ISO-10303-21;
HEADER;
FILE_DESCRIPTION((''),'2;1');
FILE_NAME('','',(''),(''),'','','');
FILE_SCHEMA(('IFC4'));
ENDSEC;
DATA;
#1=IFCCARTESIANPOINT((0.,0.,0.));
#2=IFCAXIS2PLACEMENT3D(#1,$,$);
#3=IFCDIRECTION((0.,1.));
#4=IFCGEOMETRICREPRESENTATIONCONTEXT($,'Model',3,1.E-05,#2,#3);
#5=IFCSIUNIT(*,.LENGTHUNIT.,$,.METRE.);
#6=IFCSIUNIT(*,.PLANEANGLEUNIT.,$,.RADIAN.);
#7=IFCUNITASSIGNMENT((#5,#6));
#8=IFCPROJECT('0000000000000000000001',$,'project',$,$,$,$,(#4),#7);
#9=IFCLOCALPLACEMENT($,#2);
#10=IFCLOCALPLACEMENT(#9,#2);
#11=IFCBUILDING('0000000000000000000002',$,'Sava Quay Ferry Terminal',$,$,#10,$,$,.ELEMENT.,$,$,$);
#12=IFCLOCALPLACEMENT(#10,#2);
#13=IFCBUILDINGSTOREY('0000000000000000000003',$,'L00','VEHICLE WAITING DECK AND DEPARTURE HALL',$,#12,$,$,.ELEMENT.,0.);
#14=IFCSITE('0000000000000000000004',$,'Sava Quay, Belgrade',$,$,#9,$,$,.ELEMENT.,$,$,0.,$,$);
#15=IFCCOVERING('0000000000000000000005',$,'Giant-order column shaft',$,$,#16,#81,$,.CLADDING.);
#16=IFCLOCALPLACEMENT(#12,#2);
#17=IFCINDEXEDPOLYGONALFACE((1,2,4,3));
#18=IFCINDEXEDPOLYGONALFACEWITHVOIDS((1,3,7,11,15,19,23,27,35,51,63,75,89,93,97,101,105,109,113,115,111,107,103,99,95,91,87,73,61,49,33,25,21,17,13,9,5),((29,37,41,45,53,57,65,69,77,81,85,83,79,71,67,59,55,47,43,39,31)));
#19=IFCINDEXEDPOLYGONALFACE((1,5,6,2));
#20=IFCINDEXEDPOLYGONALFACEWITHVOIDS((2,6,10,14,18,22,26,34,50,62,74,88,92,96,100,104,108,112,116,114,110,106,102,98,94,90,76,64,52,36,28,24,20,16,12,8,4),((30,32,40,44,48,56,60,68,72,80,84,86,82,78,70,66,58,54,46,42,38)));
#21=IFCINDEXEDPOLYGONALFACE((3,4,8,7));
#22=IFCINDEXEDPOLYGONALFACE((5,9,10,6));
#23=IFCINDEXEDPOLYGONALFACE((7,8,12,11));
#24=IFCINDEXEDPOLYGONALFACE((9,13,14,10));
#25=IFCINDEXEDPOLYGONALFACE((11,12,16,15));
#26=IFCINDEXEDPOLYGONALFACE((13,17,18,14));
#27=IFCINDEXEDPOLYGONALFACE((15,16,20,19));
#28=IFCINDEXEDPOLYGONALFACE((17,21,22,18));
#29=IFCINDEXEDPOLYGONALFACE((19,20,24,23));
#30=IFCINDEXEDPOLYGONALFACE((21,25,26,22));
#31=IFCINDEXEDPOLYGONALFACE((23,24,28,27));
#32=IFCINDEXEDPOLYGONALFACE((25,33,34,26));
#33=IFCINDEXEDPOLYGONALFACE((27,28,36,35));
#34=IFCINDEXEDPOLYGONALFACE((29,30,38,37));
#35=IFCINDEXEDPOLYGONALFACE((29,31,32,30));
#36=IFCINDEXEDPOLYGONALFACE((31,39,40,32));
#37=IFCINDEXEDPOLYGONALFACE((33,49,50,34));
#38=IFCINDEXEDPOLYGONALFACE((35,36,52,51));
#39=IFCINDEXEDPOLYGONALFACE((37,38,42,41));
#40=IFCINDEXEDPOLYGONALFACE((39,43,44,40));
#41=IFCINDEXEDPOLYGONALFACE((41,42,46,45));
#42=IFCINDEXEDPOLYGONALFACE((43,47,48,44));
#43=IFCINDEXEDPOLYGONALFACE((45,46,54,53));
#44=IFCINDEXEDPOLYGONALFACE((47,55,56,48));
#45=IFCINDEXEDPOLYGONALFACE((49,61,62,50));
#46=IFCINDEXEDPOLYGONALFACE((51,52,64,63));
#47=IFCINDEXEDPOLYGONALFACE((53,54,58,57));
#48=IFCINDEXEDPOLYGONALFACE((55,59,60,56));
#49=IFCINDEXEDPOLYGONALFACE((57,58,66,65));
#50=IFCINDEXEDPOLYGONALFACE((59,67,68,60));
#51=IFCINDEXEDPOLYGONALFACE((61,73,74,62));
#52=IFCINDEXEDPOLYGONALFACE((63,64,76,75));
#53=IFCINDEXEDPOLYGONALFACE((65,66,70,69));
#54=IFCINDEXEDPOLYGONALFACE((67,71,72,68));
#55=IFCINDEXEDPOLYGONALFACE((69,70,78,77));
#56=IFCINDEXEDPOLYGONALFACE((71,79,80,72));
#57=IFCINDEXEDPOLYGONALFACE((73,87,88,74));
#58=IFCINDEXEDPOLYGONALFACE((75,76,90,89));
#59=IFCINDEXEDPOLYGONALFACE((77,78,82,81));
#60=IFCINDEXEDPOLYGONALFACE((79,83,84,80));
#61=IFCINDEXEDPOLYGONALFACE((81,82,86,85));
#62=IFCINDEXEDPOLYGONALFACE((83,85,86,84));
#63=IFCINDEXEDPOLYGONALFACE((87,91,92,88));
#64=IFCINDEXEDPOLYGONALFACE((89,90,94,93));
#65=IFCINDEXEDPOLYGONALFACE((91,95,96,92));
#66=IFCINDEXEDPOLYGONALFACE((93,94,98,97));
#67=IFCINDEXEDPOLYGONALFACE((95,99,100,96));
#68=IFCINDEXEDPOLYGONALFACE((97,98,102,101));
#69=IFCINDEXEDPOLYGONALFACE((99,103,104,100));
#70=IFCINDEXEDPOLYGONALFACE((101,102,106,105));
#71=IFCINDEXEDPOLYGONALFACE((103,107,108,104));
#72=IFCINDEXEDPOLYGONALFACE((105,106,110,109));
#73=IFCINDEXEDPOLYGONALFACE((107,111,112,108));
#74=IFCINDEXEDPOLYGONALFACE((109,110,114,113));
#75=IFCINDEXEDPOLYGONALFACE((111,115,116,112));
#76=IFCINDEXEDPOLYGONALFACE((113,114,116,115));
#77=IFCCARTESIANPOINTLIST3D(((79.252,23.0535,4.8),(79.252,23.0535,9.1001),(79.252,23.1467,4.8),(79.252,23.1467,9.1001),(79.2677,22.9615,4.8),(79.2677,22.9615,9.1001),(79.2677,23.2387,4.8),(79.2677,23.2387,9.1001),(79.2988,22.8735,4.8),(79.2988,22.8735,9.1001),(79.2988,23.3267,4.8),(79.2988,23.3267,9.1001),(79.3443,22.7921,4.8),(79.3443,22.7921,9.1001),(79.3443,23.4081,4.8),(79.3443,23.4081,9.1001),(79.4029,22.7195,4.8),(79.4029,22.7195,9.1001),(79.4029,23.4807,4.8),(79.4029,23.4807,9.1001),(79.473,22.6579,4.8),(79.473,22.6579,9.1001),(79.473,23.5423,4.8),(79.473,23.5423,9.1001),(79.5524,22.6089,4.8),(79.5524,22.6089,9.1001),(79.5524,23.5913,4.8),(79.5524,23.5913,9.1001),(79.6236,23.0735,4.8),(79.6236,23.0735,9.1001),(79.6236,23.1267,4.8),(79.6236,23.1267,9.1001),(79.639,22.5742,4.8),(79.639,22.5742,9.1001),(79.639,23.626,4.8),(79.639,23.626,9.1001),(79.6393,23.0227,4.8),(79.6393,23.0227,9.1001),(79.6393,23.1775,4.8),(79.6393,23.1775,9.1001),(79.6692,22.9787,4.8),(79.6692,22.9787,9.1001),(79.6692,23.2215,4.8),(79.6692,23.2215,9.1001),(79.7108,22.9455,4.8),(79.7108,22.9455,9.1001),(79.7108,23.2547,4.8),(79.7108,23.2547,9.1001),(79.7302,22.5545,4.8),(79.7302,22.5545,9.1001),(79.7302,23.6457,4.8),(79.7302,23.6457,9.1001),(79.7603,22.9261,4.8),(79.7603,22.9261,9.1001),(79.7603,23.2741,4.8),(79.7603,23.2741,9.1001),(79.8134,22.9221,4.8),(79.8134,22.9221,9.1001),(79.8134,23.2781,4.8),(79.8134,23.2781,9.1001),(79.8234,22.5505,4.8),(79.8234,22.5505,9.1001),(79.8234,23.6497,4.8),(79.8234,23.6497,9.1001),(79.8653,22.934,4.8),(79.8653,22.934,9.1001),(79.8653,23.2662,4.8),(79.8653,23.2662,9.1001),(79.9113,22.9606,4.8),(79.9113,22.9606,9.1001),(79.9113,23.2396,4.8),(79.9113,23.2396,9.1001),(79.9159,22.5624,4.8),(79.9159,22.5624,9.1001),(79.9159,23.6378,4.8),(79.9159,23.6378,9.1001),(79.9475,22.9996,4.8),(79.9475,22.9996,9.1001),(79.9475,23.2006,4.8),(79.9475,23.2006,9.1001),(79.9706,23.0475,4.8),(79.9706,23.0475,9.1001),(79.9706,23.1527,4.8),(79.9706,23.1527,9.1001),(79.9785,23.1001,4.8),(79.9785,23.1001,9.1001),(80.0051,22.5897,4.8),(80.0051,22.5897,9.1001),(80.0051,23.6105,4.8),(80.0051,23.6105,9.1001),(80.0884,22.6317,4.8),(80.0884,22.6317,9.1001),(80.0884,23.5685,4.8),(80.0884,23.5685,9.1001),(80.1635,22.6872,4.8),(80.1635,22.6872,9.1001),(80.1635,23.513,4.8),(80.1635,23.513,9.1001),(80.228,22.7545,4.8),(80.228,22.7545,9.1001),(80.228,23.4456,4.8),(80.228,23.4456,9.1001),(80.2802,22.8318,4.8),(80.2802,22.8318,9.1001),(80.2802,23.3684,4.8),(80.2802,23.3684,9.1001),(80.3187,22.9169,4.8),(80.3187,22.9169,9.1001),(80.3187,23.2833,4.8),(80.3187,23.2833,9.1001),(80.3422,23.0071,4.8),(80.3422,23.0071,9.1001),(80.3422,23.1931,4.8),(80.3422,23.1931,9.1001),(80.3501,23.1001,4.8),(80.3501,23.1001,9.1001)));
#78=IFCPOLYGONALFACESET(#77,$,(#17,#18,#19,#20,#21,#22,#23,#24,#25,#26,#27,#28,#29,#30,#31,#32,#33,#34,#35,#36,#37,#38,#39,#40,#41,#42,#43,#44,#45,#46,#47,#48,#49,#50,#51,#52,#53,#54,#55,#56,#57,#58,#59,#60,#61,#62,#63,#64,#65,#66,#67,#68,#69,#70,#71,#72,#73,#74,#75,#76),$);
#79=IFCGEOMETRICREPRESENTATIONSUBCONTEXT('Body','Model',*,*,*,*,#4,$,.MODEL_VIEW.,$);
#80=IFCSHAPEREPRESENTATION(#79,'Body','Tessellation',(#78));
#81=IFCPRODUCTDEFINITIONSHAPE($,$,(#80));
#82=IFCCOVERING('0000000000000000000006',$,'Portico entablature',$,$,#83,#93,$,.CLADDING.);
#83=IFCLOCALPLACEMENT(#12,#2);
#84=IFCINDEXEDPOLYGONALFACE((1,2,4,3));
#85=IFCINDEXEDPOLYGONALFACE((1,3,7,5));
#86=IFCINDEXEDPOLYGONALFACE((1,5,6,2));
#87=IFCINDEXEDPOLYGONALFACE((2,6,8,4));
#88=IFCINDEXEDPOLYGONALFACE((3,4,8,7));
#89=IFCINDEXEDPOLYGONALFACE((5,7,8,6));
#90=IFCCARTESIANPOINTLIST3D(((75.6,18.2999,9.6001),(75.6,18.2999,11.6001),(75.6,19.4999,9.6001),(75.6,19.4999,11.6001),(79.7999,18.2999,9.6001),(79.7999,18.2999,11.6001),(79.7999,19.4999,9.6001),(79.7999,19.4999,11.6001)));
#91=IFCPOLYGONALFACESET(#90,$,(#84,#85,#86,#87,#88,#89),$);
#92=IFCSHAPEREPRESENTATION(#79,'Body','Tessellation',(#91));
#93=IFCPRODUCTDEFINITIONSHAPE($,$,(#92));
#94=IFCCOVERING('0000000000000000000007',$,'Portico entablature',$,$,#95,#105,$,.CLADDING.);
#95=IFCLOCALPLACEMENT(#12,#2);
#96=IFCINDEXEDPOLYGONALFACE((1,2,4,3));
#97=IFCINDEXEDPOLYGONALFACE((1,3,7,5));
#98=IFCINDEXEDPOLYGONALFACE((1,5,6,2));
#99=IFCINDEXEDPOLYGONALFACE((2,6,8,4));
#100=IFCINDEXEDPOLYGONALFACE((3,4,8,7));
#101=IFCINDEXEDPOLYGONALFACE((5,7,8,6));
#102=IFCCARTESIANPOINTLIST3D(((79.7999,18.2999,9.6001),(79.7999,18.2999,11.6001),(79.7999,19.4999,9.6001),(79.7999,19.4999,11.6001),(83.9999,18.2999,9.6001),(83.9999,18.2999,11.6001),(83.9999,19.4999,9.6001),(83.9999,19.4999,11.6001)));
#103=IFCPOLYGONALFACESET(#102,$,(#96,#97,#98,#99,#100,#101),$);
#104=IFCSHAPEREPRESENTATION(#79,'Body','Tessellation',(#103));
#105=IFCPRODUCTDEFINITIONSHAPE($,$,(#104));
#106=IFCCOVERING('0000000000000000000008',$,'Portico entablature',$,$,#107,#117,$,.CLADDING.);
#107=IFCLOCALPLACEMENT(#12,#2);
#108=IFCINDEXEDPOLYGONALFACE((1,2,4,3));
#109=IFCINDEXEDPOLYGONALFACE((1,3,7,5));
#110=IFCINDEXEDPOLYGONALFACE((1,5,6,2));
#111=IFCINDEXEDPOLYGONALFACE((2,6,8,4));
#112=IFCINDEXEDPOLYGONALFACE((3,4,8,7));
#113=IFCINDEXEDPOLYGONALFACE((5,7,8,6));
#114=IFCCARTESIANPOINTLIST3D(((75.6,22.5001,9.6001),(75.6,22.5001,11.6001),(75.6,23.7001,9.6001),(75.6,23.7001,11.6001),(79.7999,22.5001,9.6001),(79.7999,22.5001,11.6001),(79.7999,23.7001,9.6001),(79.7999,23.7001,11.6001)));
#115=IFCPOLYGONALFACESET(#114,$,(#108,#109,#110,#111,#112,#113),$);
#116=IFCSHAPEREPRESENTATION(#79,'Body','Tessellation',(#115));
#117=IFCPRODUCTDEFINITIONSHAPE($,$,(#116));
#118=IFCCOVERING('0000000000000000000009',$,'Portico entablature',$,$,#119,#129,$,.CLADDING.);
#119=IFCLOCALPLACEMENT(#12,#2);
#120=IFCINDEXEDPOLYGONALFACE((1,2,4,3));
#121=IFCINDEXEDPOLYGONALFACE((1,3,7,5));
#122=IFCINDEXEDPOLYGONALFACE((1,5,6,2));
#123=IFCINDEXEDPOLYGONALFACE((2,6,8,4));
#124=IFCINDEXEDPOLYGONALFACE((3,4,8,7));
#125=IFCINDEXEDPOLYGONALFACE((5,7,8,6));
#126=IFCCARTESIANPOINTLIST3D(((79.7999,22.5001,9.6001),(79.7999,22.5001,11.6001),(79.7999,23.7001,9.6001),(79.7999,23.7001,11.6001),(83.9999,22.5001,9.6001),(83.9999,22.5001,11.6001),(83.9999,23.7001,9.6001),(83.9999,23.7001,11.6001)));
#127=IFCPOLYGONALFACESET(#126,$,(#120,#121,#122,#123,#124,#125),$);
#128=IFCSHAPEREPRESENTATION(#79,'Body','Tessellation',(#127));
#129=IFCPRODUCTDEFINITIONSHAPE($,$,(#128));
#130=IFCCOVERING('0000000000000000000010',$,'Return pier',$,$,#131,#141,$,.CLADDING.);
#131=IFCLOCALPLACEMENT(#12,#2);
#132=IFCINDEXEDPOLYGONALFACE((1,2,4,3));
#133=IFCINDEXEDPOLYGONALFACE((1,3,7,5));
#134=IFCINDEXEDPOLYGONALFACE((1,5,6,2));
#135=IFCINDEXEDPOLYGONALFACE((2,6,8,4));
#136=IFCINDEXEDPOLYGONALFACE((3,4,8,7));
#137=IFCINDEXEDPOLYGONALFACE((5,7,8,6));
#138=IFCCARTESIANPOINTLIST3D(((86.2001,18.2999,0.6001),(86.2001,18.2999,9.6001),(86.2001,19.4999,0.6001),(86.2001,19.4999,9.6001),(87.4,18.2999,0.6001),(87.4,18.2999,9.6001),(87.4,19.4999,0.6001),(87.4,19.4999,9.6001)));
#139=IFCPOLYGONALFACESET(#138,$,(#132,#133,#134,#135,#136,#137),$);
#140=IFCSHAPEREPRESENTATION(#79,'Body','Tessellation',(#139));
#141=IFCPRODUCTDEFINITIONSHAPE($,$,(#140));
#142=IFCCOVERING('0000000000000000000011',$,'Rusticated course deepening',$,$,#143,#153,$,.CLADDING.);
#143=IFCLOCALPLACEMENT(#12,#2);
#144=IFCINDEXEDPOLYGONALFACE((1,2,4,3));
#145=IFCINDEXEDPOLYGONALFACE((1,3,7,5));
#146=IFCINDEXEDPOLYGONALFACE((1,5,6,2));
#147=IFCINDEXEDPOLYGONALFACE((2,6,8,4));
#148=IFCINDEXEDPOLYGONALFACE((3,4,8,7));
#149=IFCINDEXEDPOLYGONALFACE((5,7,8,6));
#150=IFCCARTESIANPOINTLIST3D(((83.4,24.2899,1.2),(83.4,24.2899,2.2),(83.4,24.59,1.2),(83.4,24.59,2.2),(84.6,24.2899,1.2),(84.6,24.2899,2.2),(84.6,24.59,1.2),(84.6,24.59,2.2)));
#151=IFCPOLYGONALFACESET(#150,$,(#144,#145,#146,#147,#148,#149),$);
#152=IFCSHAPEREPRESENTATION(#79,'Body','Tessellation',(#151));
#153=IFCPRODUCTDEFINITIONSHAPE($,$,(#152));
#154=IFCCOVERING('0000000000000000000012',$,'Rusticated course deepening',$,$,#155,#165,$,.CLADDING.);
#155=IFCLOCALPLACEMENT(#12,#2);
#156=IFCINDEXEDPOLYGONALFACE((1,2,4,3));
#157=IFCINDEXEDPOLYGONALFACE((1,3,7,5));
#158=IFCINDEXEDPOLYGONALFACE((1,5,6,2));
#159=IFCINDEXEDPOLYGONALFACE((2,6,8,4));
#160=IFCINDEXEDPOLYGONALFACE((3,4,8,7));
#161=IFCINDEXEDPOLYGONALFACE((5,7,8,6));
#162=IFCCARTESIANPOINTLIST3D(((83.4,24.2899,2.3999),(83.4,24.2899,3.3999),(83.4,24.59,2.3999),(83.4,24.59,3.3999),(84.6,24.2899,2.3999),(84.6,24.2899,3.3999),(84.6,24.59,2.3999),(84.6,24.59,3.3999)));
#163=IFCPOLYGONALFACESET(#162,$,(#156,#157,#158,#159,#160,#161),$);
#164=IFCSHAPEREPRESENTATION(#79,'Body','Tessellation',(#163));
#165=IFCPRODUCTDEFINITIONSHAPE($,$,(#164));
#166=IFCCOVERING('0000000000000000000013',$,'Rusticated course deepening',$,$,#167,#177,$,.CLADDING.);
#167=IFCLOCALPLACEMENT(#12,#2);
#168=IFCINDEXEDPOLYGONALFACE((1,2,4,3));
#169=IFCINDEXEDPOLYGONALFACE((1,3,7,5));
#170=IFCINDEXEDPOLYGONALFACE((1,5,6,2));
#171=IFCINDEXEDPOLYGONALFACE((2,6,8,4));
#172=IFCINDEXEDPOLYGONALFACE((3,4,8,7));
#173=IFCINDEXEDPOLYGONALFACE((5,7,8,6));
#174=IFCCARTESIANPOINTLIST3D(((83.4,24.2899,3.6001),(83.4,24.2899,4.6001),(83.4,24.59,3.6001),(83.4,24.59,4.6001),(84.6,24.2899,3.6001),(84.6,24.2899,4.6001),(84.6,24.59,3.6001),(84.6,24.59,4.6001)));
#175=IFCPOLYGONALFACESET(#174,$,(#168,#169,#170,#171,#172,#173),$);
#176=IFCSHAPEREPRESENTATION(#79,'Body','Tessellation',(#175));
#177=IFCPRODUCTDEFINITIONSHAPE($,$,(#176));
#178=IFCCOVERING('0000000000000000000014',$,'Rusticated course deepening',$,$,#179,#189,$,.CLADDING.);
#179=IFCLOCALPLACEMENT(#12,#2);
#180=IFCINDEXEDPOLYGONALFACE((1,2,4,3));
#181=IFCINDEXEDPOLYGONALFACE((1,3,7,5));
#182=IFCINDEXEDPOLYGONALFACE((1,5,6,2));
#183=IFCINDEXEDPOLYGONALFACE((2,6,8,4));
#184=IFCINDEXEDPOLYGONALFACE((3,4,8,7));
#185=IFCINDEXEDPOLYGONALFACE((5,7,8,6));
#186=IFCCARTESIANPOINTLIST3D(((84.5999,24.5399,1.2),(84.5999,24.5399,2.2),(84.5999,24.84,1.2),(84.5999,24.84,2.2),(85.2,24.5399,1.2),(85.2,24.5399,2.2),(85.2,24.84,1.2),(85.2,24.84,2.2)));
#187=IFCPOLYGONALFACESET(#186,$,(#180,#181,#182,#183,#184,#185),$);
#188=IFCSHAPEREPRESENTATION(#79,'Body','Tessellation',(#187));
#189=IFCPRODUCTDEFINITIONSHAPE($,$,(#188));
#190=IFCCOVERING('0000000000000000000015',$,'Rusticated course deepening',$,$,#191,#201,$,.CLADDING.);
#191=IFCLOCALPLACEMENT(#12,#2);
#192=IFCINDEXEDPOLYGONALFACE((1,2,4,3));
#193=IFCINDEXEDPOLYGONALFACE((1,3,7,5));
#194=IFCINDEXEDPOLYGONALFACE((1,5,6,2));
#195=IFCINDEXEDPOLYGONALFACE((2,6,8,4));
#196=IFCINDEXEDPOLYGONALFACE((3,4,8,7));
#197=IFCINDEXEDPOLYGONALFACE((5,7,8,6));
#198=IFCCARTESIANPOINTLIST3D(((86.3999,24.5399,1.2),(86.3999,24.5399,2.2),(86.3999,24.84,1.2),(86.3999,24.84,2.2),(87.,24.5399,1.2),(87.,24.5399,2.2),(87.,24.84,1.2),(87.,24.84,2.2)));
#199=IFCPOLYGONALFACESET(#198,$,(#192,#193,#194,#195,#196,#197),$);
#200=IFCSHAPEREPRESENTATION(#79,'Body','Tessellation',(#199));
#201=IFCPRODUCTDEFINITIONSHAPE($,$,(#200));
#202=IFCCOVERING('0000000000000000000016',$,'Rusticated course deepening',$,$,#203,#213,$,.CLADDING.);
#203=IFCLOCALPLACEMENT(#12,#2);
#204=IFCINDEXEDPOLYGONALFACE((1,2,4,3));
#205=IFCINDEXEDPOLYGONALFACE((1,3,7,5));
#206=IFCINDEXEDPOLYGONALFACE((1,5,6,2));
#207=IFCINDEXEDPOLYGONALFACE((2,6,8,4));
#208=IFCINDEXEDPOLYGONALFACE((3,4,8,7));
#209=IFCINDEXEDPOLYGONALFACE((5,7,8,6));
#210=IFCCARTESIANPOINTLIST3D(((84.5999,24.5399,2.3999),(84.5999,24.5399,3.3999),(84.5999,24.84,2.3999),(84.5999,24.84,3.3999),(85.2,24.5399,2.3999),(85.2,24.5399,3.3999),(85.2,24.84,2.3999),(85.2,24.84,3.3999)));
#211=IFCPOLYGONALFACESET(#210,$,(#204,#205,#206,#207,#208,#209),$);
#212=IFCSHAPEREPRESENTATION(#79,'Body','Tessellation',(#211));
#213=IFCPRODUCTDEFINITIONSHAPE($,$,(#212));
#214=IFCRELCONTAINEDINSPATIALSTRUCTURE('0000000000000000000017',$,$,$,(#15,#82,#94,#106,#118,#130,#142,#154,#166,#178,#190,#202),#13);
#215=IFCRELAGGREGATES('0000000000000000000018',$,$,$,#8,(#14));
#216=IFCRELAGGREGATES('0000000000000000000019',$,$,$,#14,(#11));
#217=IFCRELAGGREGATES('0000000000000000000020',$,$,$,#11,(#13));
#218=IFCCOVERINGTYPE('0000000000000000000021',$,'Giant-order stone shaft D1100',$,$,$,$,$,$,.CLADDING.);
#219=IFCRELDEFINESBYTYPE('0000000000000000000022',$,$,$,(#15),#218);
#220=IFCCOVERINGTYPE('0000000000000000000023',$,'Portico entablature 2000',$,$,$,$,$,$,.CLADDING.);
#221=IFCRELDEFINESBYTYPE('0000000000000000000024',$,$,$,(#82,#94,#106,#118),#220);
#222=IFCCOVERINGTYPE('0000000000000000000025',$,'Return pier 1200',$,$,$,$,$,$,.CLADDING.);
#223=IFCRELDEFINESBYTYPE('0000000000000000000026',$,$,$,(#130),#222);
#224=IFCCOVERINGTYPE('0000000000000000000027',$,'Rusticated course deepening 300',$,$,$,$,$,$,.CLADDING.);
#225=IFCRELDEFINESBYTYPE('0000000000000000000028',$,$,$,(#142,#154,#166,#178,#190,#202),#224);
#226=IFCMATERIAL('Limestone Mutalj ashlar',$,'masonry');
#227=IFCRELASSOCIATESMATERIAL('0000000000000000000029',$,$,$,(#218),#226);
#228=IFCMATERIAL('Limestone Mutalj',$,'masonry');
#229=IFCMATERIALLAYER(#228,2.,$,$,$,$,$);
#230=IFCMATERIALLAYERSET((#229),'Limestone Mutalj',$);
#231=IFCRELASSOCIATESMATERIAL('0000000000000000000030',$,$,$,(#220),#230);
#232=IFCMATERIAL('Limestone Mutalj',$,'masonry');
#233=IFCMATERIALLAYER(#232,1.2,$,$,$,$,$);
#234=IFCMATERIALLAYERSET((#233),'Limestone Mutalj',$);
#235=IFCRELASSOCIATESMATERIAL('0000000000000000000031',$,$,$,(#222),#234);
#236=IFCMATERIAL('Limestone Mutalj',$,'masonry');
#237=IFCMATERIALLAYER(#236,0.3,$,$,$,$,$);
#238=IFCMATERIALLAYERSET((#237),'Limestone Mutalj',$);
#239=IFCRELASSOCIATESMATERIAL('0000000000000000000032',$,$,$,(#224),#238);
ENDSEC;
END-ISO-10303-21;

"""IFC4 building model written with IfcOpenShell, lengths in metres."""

from ifc_helpers import new_model, si_unit, direction, frame, origin, origin_2d, place, context, subcontext, project, spatial, rectangle, hollow_circle, extrude, material, layer, layer_set, material_profile, profile_set, type_object, element, save


model = new_model("IFC4")

# Units and contexts
model_context = context("Model", 3, precision=1e-05, world=origin(), true_north=direction((0.0, 1.0)))
body_context = subcontext(model_context, "Body", "Model", "MODEL_VIEW")
ifc_project = project(units=[si_unit("LENGTHUNIT", "METRE"), si_unit("PLANEANGLEUNIT", "RADIAN")], contexts=[model_context])

# Site, building, storey
site_placement = place(None, origin())
site = spatial("IfcSite", under=ifc_project, at=site_placement, Name="Sava Quay, Belgrade", CompositionType="ELEMENT", RefElevation=0.0)
building_placement = place(site_placement, origin())
building = spatial("IfcBuilding", under=site, at=building_placement, Name="Sava Quay Ferry Terminal", CompositionType="ELEMENT")
storey_placement = place(building_placement, origin())
storey = spatial("IfcBuildingStorey", under=building, at=storey_placement, Name="L00", Description="VEHICLE WAITING DECK AND DEPARTURE HALL", CompositionType="ELEMENT", Elevation=0.0)

# Coverings
ifc_material_1 = material(Name="Limestone Mutalj ashlar", Category="masonry")
ifc_material_profile_1 = material_profile(ifc_material_1, hollow_circle(Radius=0.55, WallThickness=0.3716, at=origin_2d()), Name="Stone shaft D1100")
ifc_profile_set_1 = profile_set([ifc_material_profile_1], Name="Limestone Mutalj ashlar")
covering_type_1 = type_object("IfcCoveringType", Name="Giant-order stone shaft D1100", PredefinedType="CLADDING", material=ifc_profile_set_1)
for number, where, z_axis, x_axis, name in (
    (1, (79.8, 23.1001, 4.8), (0.0, 0.0, 1.0), (1.0, 0.0, 0.0), "Giant-order column shaft"),
):
    element("IfcCovering", number, at=place(storey_placement, frame(where, z_axis=z_axis, x_axis=x_axis)), inside=storey, type_object=covering_type_1, Name=name, PredefinedType="CLADDING", context=body_context, shape_type="SweptSolid", body=[
        extrude(hollow_circle(Radius=0.55, WallThickness=0.3716, at=origin_2d()), origin(), (0.0, 0.0, 1.0), 4.3),
    ])
ifc_material_2 = material(Name="Limestone Mutalj", Category="masonry")
ifc_layer_1 = layer(ifc_material_2, 2.0)
ifc_layer_set_1 = layer_set([ifc_layer_1], Name="Limestone Mutalj")
covering_type_2 = type_object("IfcCoveringType", Name="Portico entablature 2000", PredefinedType="CLADDING", material=ifc_layer_set_1)
for number, where, z_axis, x_axis, name in (
    (2, (77.7, 18.8999, 9.6001), (0.0, 0.0, 1.0), (1.0, 0.0, 0.0), "Portico entablature"),
    (3, (81.8999, 18.8999, 9.6001), (0.0, 0.0, 1.0), (1.0, 0.0, 0.0), "Portico entablature"),
    (4, (77.7, 23.1001, 9.6001), (0.0, 0.0, 1.0), (1.0, 0.0, 0.0), "Portico entablature"),
    (5, (81.8999, 23.1001, 9.6001), (0.0, 0.0, 1.0), (1.0, 0.0, 0.0), "Portico entablature"),
):
    element("IfcCovering", number, at=place(storey_placement, frame(where, z_axis=z_axis, x_axis=x_axis)), inside=storey, type_object=covering_type_2, Name=name, PredefinedType="CLADDING", context=body_context, shape_type="SweptSolid", body=[
        extrude(rectangle(XDim=4.2, YDim=1.2, at=origin_2d()), origin(), (0.0, 0.0, 1.0), 2.0),
    ])
ifc_material_3 = material(Name="Limestone Mutalj", Category="masonry")
ifc_layer_2 = layer(ifc_material_3, 1.2)
ifc_layer_set_2 = layer_set([ifc_layer_2], Name="Limestone Mutalj")
covering_type_3 = type_object("IfcCoveringType", Name="Return pier 1200", PredefinedType="CLADDING", material=ifc_layer_set_2)
covering_1_placement = place(storey_placement, frame((86.8, 18.8999, 0.6001), z_axis=(0.0, 0.0, 1.0), x_axis=(1.0, 0.0, 0.0)))
element("IfcCovering", 6, at=covering_1_placement, inside=storey, type_object=covering_type_3, Name="Return pier", PredefinedType="CLADDING", context=body_context, shape_type="SweptSolid", body=[
    extrude(rectangle(XDim=1.2, YDim=1.2, at=origin_2d()), origin(), (0.0, 0.0, 1.0), 9.0),
])
ifc_material_4 = material(Name="Limestone Mutalj", Category="masonry")
ifc_layer_3 = layer(ifc_material_4, 0.3)
ifc_layer_set_3 = layer_set([ifc_layer_3], Name="Limestone Mutalj")
covering_type_4 = type_object("IfcCoveringType", Name="Rusticated course deepening 300", PredefinedType="CLADDING", material=ifc_layer_set_3)
for number, where, z_axis, x_axis, name in (
    (7, (84.0, 24.4399, 1.2), (0.0, 0.0, 1.0), (1.0, 0.0, 0.0), "Rusticated course deepening"),
    (8, (84.0, 24.4399, 2.3999), (0.0, 0.0, 1.0), (1.0, 0.0, 0.0), "Rusticated course deepening"),
    (9, (84.0, 24.4399, 3.6001), (0.0, 0.0, 1.0), (1.0, 0.0, 0.0), "Rusticated course deepening"),
):
    element("IfcCovering", number, at=place(storey_placement, frame(where, z_axis=z_axis, x_axis=x_axis)), inside=storey, type_object=covering_type_4, Name=name, PredefinedType="CLADDING", context=body_context, shape_type="SweptSolid", body=[
        extrude(rectangle(XDim=1.2, YDim=0.3, at=origin_2d()), origin(), (0.0, 0.0, 1.0), 1.0),
    ])
for number, where, z_axis, x_axis, name in (
    (10, (84.8999, 24.6899, 1.2), (0.0, 0.0, 1.0), (1.0, 0.0, 0.0), "Rusticated course deepening"),
    (11, (86.7, 24.6899, 1.2), (0.0, 0.0, 1.0), (1.0, 0.0, 0.0), "Rusticated course deepening"),
    (12, (84.8999, 24.6899, 2.3999), (0.0, 0.0, 1.0), (1.0, 0.0, 0.0), "Rusticated course deepening"),
):
    element("IfcCovering", number, at=place(storey_placement, frame(where, z_axis=z_axis, x_axis=x_axis)), inside=storey, type_object=covering_type_4, Name=name, PredefinedType="CLADDING", context=body_context, shape_type="SweptSolid", body=[
        extrude(rectangle(XDim=0.6001, YDim=0.3, at=origin_2d()), origin(), (0.0, 0.0, 1.0), 1.0),
    ])

save(model, "model.ifc")
